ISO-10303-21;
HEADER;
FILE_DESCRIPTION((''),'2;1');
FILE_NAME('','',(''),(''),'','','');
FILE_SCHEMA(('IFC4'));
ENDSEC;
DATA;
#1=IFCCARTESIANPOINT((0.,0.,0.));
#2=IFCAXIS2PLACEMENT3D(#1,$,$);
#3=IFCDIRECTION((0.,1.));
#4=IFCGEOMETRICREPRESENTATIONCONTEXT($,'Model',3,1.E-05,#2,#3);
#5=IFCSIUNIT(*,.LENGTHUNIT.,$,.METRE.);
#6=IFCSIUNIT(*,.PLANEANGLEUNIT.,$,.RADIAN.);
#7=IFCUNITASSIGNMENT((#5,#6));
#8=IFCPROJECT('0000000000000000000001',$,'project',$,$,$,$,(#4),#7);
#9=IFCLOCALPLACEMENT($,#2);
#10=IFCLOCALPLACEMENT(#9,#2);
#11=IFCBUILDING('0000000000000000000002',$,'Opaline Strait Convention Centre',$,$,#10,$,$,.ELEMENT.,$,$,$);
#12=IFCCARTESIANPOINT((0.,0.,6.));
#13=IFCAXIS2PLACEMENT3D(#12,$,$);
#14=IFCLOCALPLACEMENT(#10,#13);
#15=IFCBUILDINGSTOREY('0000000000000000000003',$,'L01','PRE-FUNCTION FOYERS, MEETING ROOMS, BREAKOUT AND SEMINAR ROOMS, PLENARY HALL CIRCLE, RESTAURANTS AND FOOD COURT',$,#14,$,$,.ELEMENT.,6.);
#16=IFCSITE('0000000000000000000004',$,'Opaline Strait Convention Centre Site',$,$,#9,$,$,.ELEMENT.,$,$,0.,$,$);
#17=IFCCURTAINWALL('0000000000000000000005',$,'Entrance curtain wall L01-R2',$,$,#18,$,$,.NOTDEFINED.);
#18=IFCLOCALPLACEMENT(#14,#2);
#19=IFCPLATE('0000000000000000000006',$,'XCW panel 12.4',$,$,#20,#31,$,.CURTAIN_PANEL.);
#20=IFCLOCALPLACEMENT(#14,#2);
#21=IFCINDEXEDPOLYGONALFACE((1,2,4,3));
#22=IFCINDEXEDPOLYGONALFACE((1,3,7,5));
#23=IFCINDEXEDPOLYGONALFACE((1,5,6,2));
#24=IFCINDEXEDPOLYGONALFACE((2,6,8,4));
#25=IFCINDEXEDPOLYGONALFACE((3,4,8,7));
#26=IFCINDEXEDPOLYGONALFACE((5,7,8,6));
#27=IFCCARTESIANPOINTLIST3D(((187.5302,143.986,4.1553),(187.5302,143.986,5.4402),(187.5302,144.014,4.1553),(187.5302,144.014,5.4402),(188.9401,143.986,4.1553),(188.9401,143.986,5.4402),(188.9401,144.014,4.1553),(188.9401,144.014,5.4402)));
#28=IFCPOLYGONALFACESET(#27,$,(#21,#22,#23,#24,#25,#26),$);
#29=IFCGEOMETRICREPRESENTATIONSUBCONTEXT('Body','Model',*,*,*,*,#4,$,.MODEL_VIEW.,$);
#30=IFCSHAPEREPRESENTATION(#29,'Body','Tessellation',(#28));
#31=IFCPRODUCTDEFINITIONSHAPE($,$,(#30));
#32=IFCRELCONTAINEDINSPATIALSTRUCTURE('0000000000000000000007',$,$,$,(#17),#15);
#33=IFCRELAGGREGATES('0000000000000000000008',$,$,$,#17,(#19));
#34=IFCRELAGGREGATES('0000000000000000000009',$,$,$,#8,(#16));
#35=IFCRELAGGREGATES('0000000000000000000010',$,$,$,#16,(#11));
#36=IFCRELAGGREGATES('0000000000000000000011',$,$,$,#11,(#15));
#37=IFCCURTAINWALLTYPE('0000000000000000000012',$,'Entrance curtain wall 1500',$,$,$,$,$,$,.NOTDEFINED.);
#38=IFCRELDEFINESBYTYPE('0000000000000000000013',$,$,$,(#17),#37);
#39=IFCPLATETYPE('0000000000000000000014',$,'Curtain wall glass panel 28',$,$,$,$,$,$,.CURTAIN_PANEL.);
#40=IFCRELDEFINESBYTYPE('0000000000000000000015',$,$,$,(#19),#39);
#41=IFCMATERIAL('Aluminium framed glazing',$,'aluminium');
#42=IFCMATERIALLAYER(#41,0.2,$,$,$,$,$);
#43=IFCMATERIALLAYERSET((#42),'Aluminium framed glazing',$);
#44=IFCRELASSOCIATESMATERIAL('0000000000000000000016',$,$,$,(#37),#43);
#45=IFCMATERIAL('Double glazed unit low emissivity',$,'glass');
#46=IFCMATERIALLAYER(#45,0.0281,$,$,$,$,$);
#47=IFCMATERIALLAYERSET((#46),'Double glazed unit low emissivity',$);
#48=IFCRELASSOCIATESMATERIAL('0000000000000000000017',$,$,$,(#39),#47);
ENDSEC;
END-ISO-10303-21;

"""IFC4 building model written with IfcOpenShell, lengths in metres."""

from ifc_helpers import new_model, si_unit, direction, frame, origin, origin_2d, place, context, subcontext, project, spatial, rectangle, extrude, material, layer, layer_set, type_object, element, aggregate, save


model = new_model("IFC4")

# Units and contexts
model_context = context("Model", 3, precision=1e-05, world=origin(), true_north=direction((0.0, 1.0)))
body_context = subcontext(model_context, "Body", "Model", "MODEL_VIEW")
ifc_project = project(units=[si_unit("LENGTHUNIT", "METRE"), si_unit("PLANEANGLEUNIT", "RADIAN")], contexts=[model_context])

# Site, building, storey
site_placement = place(None, origin())
site = spatial("IfcSite", under=ifc_project, at=site_placement, Name="Opaline Strait Convention Centre Site", CompositionType="ELEMENT", RefElevation=0.0)
building_placement = place(site_placement, origin())
building = spatial("IfcBuilding", under=site, at=building_placement, Name="Opaline Strait Convention Centre", CompositionType="ELEMENT")
storey_placement = place(building_placement, frame((0.0, 0.0, 6.0)))
storey = spatial("IfcBuildingStorey", under=building, at=storey_placement, Name="L01", Description="PRE-FUNCTION FOYERS, MEETING ROOMS, BREAKOUT AND SEMINAR ROOMS, PLENARY HALL CIRCLE, RESTAURANTS AND FOOD COURT", CompositionType="ELEMENT", Elevation=6.0)

# Curtain wall
ifc_material_1 = material(Name="Aluminium framed glazing", Category="aluminium")
ifc_layer_1 = layer(ifc_material_1, 0.2)
ifc_layer_set_1 = layer_set([ifc_layer_1], Name="Aluminium framed glazing")
curtain_wall_type = type_object("IfcCurtainWallType", Name="Entrance curtain wall 1500", PredefinedType="NOTDEFINED", material=ifc_layer_set_1)
curtain_wall_1_placement = place(storey_placement, origin())
curtain_wall_1 = element("IfcCurtainWall", 1, at=curtain_wall_1_placement, inside=storey, type_object=curtain_wall_type, Name="Entrance curtain wall L01-R2", PredefinedType="NOTDEFINED")

# Plate
ifc_material_2 = material(Name="Double glazed unit low emissivity", Category="glass")
ifc_layer_2 = layer(ifc_material_2, 0.0281)
ifc_layer_set_2 = layer_set([ifc_layer_2], Name="Double glazed unit low emissivity")
plate_type = type_object("IfcPlateType", Name="Curtain wall glass panel 28", PredefinedType="CURTAIN_PANEL", material=ifc_layer_set_2)
plate_1_placement = place(storey_placement, frame((188.2351, 144.0, 4.1553), z_axis=(0.0, 0.0, 1.0), x_axis=(1.0, 0.0, 0.0)))
plate_1 = element("IfcPlate", 2, at=plate_1_placement, type_object=plate_type, Name="XCW panel 12.4", PredefinedType="CURTAIN_PANEL", context=body_context, shape_type="SweptSolid", body=[
    extrude(rectangle(XDim=1.4099, YDim=0.0281, at=origin_2d()), origin(), (0.0, 0.0, 1.0), 1.2849),
])
aggregate(curtain_wall_1, [plate_1])

save(model, "model.ifc")
